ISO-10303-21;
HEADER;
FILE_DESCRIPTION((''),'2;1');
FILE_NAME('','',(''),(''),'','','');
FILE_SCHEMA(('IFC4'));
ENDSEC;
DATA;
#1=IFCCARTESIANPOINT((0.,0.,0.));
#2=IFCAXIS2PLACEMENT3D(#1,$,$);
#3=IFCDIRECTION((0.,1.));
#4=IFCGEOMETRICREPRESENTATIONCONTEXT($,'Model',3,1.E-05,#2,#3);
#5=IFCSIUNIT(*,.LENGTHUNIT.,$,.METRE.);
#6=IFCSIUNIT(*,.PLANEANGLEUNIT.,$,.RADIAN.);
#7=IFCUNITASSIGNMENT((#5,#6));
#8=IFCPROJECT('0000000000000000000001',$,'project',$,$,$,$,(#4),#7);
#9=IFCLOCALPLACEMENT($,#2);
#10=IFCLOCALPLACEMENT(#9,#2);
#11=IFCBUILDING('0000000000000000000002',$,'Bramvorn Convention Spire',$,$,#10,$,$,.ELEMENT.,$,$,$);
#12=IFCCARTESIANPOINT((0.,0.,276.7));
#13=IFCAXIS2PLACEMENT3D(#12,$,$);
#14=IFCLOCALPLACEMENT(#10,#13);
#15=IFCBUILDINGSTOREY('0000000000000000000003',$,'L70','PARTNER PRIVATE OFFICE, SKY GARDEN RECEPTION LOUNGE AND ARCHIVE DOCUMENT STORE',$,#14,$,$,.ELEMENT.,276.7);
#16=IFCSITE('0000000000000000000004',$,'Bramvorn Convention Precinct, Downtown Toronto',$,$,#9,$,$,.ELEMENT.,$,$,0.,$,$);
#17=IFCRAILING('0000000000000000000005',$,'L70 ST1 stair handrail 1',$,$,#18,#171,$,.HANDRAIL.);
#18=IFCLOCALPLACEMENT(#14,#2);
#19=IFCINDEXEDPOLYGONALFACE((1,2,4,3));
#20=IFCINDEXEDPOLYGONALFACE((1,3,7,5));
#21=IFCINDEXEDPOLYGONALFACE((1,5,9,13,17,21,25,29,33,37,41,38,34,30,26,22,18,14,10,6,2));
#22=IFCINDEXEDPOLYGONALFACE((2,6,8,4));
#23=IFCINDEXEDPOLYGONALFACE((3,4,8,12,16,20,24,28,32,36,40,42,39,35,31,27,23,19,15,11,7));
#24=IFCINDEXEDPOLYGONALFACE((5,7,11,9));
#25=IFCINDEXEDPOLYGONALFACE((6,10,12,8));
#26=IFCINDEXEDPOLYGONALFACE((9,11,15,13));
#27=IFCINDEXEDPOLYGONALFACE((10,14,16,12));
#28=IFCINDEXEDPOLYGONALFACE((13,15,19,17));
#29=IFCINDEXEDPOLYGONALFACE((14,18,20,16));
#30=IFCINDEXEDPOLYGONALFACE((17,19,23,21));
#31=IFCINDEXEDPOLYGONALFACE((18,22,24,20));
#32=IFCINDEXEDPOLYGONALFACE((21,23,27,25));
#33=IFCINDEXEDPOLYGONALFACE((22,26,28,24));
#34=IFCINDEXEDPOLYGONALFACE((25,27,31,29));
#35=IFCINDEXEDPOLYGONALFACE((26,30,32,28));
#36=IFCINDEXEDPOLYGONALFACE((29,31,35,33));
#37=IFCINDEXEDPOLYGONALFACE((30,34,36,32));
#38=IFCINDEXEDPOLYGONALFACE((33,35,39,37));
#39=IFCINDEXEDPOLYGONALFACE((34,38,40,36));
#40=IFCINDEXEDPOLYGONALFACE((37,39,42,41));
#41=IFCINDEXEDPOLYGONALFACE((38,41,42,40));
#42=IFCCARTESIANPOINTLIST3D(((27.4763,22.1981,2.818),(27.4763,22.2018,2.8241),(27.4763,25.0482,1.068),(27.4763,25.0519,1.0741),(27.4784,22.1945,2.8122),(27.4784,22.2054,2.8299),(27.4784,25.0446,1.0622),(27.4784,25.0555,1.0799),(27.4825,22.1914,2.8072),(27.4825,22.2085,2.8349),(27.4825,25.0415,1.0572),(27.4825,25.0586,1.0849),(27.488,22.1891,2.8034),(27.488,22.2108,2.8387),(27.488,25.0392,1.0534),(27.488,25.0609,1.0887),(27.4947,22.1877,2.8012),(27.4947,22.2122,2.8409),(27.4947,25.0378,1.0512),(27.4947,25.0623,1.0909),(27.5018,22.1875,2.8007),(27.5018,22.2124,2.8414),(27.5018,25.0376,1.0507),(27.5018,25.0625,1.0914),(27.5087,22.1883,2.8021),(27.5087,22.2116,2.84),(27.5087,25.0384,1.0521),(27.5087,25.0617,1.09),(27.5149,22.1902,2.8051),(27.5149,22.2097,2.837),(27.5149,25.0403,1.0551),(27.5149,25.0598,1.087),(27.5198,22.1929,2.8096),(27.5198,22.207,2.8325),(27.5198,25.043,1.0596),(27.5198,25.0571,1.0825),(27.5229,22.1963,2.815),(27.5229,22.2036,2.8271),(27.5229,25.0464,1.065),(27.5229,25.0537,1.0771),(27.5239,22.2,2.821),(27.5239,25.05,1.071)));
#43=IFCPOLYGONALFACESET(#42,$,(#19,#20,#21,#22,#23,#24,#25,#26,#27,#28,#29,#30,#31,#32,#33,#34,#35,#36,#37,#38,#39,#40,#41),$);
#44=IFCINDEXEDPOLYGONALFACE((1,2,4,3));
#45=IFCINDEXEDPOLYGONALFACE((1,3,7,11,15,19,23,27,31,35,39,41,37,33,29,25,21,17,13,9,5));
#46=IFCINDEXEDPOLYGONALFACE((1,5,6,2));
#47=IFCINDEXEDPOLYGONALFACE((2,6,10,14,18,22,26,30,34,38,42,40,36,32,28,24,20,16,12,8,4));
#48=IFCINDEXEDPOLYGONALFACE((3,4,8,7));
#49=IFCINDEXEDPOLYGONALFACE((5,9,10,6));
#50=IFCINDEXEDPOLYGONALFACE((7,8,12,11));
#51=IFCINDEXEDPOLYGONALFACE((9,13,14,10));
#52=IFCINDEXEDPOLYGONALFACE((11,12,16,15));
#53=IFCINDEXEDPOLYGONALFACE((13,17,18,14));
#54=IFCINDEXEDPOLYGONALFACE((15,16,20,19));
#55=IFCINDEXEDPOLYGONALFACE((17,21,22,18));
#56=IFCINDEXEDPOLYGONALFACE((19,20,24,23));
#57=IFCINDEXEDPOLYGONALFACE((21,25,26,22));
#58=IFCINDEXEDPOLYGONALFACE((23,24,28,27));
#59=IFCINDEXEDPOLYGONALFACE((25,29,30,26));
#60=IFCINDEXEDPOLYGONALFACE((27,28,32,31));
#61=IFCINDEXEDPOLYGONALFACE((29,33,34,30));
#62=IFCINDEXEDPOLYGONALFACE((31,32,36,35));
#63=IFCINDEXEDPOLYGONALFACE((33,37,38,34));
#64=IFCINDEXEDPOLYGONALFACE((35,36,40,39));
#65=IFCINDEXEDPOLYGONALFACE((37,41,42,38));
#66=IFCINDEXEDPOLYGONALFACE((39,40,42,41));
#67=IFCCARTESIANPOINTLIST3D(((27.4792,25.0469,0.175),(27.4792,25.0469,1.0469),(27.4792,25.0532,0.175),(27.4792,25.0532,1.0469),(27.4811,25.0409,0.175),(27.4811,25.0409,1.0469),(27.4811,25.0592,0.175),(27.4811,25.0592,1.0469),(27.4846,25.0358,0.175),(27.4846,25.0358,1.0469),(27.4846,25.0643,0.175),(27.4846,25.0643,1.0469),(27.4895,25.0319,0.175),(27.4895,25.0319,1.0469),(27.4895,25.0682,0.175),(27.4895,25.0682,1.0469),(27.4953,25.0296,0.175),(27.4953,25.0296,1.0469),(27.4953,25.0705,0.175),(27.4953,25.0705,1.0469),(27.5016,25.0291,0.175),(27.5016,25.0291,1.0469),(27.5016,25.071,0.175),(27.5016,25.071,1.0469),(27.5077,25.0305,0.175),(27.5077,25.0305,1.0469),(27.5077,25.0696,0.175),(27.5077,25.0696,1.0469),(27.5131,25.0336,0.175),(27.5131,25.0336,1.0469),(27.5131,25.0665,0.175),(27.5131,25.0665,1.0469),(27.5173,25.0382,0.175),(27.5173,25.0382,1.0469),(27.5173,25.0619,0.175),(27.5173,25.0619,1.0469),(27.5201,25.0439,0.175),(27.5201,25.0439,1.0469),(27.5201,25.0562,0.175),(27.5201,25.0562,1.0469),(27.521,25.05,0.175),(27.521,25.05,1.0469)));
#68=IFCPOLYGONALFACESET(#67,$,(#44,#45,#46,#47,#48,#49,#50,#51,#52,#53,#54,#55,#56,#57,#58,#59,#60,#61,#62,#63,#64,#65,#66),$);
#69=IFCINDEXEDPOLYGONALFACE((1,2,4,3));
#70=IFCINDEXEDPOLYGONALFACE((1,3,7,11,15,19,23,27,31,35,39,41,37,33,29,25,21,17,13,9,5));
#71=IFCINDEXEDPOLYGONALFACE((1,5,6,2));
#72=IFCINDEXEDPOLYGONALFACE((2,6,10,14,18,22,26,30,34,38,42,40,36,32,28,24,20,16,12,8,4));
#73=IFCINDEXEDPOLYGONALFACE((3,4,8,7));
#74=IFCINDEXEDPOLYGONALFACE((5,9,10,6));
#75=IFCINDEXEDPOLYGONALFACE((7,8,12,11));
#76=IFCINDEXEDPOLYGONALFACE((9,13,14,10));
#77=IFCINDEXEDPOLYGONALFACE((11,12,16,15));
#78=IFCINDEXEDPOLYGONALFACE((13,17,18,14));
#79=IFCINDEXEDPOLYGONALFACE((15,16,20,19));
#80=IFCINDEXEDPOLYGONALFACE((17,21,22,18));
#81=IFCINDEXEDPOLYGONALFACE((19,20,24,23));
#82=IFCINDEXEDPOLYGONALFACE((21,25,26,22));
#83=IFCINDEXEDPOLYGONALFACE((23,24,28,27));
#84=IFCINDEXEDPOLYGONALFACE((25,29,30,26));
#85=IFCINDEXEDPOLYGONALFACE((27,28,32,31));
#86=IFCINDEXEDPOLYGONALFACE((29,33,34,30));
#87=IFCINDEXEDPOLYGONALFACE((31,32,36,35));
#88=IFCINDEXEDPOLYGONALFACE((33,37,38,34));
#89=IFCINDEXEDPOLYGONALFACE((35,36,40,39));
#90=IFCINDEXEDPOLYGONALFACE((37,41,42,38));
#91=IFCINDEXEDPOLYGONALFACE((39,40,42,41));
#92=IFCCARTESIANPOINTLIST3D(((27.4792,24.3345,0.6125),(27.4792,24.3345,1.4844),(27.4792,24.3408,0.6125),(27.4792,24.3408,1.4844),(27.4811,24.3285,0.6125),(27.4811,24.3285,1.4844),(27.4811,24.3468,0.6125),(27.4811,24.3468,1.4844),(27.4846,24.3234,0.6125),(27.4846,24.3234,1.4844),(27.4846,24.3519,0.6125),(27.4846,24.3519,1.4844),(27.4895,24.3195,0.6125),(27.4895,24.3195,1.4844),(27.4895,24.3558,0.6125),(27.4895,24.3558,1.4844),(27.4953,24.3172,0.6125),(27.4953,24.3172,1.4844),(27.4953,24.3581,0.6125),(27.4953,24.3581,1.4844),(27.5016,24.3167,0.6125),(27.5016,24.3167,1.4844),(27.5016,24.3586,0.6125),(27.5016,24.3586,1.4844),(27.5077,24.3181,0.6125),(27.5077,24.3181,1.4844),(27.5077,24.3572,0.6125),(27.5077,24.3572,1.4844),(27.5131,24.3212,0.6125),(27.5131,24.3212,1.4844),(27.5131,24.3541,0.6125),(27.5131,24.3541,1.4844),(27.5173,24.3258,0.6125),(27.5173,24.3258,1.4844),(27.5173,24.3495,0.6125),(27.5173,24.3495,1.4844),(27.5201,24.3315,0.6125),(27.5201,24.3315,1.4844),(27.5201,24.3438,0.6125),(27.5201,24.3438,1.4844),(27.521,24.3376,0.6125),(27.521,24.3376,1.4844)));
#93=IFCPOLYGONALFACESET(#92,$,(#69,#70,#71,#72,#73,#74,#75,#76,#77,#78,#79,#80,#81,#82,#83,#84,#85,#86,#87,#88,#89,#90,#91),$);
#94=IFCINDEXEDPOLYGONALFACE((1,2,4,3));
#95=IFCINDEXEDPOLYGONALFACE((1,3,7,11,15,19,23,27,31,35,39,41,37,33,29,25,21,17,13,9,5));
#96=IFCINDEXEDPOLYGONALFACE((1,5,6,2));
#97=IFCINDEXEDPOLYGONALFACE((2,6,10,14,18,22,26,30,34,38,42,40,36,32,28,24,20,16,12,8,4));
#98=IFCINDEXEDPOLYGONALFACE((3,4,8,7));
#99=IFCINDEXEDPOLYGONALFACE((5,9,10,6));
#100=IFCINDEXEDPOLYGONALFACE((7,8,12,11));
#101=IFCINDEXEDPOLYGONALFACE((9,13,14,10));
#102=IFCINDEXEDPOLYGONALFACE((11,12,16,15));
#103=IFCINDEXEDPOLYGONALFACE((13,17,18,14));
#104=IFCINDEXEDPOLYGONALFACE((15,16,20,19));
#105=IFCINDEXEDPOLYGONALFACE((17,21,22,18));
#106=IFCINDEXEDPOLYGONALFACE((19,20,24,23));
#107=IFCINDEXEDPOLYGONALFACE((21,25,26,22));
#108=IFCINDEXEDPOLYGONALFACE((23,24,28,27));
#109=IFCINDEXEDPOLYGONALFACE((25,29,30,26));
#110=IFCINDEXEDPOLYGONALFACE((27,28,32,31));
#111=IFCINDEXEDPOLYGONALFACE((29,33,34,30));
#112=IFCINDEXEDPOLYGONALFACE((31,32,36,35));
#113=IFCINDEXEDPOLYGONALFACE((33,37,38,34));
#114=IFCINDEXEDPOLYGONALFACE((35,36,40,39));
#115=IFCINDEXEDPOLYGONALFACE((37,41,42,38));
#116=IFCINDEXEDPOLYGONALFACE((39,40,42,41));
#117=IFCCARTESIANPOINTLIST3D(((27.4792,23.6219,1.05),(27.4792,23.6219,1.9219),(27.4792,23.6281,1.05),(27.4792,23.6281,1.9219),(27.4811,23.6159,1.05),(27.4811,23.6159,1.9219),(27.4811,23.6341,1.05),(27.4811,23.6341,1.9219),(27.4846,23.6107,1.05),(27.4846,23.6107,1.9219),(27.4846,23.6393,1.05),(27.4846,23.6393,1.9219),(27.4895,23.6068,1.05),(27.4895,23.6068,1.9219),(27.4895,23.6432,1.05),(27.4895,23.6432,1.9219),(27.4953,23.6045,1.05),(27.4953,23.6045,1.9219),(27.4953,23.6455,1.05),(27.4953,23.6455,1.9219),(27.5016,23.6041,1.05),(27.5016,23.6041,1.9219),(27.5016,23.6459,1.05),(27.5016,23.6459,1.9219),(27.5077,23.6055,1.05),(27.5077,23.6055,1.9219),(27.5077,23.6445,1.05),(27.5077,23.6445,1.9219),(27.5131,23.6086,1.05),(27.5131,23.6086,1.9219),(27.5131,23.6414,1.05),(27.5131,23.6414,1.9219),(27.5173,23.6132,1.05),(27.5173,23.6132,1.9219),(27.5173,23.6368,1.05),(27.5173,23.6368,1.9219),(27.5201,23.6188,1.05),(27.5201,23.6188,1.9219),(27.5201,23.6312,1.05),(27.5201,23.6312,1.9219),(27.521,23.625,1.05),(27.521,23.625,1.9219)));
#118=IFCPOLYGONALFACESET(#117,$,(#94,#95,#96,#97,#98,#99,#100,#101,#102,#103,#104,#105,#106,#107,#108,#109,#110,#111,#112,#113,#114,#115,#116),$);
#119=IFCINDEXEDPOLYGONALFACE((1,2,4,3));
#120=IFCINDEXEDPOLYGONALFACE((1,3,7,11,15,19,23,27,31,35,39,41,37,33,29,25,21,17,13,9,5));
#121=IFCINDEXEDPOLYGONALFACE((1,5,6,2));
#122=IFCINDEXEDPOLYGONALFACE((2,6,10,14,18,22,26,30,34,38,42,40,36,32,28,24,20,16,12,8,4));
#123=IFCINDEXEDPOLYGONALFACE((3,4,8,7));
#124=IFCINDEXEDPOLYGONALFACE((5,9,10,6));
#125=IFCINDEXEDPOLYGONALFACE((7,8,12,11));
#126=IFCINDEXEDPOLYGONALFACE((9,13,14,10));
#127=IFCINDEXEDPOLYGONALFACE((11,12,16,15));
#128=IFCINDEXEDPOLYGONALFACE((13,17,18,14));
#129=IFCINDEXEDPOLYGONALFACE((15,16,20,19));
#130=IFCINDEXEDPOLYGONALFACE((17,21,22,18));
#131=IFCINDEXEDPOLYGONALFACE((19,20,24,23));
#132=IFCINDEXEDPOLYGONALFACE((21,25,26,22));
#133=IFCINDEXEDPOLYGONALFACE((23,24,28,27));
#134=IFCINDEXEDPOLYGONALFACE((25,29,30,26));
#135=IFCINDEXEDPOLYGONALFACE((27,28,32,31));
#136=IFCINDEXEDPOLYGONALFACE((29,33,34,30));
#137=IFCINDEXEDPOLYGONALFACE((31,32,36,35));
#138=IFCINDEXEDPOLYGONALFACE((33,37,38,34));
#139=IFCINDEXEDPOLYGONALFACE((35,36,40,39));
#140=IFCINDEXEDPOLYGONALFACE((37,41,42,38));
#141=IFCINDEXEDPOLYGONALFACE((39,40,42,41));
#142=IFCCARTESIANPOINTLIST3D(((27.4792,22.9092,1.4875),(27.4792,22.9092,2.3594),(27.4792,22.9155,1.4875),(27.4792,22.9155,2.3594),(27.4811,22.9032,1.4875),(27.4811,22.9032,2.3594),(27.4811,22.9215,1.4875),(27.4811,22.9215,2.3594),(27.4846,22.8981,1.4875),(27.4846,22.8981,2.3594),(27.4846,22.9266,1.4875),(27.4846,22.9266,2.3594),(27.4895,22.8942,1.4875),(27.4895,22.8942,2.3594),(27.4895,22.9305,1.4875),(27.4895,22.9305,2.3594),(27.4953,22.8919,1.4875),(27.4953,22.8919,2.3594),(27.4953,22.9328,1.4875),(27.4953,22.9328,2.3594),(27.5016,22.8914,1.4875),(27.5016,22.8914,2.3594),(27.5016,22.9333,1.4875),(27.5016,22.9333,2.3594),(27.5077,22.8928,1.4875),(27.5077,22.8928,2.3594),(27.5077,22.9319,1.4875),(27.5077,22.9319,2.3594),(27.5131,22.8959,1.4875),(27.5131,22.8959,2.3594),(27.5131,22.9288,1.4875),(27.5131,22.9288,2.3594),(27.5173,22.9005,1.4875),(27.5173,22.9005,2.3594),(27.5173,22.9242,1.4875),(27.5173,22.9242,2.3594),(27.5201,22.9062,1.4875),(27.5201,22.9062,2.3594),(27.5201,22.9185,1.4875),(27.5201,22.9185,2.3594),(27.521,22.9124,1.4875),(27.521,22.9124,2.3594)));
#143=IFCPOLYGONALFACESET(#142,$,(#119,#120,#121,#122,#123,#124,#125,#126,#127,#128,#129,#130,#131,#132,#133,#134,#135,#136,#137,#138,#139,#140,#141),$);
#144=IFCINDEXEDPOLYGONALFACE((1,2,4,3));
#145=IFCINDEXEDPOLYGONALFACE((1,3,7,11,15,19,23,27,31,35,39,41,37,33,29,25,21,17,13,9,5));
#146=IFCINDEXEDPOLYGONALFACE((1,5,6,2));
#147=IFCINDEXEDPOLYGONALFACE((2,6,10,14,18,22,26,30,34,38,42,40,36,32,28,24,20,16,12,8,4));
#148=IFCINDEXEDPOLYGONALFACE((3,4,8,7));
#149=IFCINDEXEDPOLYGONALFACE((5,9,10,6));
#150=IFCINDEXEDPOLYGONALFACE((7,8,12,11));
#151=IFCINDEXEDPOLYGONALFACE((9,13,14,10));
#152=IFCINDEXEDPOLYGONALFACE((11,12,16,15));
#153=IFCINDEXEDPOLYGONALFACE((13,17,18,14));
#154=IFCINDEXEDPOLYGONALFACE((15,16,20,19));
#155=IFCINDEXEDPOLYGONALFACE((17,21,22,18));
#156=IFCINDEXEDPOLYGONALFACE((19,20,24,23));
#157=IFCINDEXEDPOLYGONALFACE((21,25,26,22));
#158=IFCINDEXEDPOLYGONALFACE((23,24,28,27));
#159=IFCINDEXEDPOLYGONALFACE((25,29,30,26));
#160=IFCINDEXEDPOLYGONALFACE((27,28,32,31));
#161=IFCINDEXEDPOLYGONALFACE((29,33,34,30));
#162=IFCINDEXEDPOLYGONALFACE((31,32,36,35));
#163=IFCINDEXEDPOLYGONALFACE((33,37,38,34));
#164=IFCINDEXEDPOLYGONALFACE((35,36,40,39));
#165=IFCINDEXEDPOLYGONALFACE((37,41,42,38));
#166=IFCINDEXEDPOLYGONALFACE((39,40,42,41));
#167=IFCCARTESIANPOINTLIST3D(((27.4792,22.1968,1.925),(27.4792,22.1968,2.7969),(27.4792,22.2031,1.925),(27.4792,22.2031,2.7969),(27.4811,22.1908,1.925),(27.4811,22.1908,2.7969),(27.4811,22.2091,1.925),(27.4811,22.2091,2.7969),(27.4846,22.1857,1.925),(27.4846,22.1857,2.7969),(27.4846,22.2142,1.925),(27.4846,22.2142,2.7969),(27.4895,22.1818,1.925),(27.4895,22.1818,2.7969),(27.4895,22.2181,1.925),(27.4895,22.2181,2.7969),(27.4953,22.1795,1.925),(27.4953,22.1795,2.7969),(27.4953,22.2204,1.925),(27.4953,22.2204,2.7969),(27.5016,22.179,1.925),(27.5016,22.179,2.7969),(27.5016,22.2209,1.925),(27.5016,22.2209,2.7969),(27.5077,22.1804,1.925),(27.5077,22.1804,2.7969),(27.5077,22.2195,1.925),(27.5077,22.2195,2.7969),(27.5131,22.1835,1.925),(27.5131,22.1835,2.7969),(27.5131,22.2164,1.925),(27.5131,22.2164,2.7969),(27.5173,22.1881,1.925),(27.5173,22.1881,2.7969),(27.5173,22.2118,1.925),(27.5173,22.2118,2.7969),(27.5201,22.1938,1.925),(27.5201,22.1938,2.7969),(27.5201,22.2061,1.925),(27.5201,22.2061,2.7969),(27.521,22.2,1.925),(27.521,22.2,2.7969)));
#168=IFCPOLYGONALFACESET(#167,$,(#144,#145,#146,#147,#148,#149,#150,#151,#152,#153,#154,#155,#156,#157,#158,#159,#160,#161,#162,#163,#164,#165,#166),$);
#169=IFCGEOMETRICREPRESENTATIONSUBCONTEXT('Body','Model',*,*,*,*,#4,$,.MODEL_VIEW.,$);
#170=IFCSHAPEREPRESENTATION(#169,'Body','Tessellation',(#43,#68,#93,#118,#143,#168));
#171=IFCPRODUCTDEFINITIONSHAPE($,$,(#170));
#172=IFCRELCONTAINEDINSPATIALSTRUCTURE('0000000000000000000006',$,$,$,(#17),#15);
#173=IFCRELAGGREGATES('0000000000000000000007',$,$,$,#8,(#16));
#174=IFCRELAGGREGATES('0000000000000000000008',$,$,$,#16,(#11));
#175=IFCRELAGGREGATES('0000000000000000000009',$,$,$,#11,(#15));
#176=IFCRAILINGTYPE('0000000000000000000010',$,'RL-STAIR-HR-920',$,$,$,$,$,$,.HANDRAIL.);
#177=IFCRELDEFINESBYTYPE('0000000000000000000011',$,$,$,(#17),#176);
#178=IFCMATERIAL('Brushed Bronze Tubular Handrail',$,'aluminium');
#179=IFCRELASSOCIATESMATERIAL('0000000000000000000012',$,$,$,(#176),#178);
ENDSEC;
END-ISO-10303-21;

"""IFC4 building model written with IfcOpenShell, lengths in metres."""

from ifc_helpers import new_model, si_unit, direction, frame, origin, origin_2d, place, context, subcontext, project, spatial, circle, extrude, material, type_object, element, save


model = new_model("IFC4")

# Units and contexts
model_context = context("Model", 3, precision=1e-05, world=origin(), true_north=direction((0.0, 1.0)))
body_context = subcontext(model_context, "Body", "Model", "MODEL_VIEW")
ifc_project = project(units=[si_unit("LENGTHUNIT", "METRE"), si_unit("PLANEANGLEUNIT", "RADIAN")], contexts=[model_context])

# Site, building, storey
site_placement = place(None, origin())
site = spatial("IfcSite", under=ifc_project, at=site_placement, Name="Bramvorn Convention Precinct, Downtown Toronto", CompositionType="ELEMENT", RefElevation=0.0)
building_placement = place(site_placement, origin())
building = spatial("IfcBuilding", under=site, at=building_placement, Name="Bramvorn Convention Spire", CompositionType="ELEMENT")
storey_placement = place(building_placement, frame((0.0, 0.0, 276.7)))
storey = spatial("IfcBuildingStorey", under=building, at=storey_placement, Name="L70", Description="PARTNER PRIVATE OFFICE, SKY GARDEN RECEPTION LOUNGE AND ARCHIVE DOCUMENT STORE", CompositionType="ELEMENT", Elevation=276.7)

# Railing
ifc_material_1 = material(Name="Brushed Bronze Tubular Handrail", Category="aluminium")
railing_type_1 = type_object("IfcRailingType", Name="RL-STAIR-HR-920", PredefinedType="HANDRAIL", material=ifc_material_1)
railing_1_placement = place(storey_placement, frame((27.5, 25.05, 0.175)))
element("IfcRailing", 1, at=railing_1_placement, inside=storey, type_object=railing_type_1, Name="L70 ST1 stair handrail 1", PredefinedType="HANDRAIL", context=body_context, shape_type="SweptSolid", body=[
    extrude(circle(Radius=0.0239, at=origin_2d()), frame((0.0, 0.0, 0.896), z_axis=(0.0, -0.852179, 0.52325), x_axis=(1.0, 0.0, 0.0)), (0.0, 0.0, 1.0), 3.3445),
    extrude(circle(Radius=0.021, at=origin_2d()), origin(), (0.0, 0.0, 1.0), 0.8718),
    extrude(circle(Radius=0.021, at=origin_2d()), frame((0.0, -0.7124, 0.4375)), (0.0, 0.0, 1.0), 0.8718),
    extrude(circle(Radius=0.021, at=origin_2d()), frame((0.0, -1.425, 0.875)), (0.0, 0.0, 1.0), 0.8718),
    extrude(circle(Radius=0.021, at=origin_2d()), frame((0.0, -2.1377, 1.3125)), (0.0, 0.0, 1.0), 0.8718),
    extrude(circle(Radius=0.021, at=origin_2d()), frame((0.0, -2.8501, 1.75)), (0.0, 0.0, 1.0), 0.8718),
])

save(model, "model.ifc")
